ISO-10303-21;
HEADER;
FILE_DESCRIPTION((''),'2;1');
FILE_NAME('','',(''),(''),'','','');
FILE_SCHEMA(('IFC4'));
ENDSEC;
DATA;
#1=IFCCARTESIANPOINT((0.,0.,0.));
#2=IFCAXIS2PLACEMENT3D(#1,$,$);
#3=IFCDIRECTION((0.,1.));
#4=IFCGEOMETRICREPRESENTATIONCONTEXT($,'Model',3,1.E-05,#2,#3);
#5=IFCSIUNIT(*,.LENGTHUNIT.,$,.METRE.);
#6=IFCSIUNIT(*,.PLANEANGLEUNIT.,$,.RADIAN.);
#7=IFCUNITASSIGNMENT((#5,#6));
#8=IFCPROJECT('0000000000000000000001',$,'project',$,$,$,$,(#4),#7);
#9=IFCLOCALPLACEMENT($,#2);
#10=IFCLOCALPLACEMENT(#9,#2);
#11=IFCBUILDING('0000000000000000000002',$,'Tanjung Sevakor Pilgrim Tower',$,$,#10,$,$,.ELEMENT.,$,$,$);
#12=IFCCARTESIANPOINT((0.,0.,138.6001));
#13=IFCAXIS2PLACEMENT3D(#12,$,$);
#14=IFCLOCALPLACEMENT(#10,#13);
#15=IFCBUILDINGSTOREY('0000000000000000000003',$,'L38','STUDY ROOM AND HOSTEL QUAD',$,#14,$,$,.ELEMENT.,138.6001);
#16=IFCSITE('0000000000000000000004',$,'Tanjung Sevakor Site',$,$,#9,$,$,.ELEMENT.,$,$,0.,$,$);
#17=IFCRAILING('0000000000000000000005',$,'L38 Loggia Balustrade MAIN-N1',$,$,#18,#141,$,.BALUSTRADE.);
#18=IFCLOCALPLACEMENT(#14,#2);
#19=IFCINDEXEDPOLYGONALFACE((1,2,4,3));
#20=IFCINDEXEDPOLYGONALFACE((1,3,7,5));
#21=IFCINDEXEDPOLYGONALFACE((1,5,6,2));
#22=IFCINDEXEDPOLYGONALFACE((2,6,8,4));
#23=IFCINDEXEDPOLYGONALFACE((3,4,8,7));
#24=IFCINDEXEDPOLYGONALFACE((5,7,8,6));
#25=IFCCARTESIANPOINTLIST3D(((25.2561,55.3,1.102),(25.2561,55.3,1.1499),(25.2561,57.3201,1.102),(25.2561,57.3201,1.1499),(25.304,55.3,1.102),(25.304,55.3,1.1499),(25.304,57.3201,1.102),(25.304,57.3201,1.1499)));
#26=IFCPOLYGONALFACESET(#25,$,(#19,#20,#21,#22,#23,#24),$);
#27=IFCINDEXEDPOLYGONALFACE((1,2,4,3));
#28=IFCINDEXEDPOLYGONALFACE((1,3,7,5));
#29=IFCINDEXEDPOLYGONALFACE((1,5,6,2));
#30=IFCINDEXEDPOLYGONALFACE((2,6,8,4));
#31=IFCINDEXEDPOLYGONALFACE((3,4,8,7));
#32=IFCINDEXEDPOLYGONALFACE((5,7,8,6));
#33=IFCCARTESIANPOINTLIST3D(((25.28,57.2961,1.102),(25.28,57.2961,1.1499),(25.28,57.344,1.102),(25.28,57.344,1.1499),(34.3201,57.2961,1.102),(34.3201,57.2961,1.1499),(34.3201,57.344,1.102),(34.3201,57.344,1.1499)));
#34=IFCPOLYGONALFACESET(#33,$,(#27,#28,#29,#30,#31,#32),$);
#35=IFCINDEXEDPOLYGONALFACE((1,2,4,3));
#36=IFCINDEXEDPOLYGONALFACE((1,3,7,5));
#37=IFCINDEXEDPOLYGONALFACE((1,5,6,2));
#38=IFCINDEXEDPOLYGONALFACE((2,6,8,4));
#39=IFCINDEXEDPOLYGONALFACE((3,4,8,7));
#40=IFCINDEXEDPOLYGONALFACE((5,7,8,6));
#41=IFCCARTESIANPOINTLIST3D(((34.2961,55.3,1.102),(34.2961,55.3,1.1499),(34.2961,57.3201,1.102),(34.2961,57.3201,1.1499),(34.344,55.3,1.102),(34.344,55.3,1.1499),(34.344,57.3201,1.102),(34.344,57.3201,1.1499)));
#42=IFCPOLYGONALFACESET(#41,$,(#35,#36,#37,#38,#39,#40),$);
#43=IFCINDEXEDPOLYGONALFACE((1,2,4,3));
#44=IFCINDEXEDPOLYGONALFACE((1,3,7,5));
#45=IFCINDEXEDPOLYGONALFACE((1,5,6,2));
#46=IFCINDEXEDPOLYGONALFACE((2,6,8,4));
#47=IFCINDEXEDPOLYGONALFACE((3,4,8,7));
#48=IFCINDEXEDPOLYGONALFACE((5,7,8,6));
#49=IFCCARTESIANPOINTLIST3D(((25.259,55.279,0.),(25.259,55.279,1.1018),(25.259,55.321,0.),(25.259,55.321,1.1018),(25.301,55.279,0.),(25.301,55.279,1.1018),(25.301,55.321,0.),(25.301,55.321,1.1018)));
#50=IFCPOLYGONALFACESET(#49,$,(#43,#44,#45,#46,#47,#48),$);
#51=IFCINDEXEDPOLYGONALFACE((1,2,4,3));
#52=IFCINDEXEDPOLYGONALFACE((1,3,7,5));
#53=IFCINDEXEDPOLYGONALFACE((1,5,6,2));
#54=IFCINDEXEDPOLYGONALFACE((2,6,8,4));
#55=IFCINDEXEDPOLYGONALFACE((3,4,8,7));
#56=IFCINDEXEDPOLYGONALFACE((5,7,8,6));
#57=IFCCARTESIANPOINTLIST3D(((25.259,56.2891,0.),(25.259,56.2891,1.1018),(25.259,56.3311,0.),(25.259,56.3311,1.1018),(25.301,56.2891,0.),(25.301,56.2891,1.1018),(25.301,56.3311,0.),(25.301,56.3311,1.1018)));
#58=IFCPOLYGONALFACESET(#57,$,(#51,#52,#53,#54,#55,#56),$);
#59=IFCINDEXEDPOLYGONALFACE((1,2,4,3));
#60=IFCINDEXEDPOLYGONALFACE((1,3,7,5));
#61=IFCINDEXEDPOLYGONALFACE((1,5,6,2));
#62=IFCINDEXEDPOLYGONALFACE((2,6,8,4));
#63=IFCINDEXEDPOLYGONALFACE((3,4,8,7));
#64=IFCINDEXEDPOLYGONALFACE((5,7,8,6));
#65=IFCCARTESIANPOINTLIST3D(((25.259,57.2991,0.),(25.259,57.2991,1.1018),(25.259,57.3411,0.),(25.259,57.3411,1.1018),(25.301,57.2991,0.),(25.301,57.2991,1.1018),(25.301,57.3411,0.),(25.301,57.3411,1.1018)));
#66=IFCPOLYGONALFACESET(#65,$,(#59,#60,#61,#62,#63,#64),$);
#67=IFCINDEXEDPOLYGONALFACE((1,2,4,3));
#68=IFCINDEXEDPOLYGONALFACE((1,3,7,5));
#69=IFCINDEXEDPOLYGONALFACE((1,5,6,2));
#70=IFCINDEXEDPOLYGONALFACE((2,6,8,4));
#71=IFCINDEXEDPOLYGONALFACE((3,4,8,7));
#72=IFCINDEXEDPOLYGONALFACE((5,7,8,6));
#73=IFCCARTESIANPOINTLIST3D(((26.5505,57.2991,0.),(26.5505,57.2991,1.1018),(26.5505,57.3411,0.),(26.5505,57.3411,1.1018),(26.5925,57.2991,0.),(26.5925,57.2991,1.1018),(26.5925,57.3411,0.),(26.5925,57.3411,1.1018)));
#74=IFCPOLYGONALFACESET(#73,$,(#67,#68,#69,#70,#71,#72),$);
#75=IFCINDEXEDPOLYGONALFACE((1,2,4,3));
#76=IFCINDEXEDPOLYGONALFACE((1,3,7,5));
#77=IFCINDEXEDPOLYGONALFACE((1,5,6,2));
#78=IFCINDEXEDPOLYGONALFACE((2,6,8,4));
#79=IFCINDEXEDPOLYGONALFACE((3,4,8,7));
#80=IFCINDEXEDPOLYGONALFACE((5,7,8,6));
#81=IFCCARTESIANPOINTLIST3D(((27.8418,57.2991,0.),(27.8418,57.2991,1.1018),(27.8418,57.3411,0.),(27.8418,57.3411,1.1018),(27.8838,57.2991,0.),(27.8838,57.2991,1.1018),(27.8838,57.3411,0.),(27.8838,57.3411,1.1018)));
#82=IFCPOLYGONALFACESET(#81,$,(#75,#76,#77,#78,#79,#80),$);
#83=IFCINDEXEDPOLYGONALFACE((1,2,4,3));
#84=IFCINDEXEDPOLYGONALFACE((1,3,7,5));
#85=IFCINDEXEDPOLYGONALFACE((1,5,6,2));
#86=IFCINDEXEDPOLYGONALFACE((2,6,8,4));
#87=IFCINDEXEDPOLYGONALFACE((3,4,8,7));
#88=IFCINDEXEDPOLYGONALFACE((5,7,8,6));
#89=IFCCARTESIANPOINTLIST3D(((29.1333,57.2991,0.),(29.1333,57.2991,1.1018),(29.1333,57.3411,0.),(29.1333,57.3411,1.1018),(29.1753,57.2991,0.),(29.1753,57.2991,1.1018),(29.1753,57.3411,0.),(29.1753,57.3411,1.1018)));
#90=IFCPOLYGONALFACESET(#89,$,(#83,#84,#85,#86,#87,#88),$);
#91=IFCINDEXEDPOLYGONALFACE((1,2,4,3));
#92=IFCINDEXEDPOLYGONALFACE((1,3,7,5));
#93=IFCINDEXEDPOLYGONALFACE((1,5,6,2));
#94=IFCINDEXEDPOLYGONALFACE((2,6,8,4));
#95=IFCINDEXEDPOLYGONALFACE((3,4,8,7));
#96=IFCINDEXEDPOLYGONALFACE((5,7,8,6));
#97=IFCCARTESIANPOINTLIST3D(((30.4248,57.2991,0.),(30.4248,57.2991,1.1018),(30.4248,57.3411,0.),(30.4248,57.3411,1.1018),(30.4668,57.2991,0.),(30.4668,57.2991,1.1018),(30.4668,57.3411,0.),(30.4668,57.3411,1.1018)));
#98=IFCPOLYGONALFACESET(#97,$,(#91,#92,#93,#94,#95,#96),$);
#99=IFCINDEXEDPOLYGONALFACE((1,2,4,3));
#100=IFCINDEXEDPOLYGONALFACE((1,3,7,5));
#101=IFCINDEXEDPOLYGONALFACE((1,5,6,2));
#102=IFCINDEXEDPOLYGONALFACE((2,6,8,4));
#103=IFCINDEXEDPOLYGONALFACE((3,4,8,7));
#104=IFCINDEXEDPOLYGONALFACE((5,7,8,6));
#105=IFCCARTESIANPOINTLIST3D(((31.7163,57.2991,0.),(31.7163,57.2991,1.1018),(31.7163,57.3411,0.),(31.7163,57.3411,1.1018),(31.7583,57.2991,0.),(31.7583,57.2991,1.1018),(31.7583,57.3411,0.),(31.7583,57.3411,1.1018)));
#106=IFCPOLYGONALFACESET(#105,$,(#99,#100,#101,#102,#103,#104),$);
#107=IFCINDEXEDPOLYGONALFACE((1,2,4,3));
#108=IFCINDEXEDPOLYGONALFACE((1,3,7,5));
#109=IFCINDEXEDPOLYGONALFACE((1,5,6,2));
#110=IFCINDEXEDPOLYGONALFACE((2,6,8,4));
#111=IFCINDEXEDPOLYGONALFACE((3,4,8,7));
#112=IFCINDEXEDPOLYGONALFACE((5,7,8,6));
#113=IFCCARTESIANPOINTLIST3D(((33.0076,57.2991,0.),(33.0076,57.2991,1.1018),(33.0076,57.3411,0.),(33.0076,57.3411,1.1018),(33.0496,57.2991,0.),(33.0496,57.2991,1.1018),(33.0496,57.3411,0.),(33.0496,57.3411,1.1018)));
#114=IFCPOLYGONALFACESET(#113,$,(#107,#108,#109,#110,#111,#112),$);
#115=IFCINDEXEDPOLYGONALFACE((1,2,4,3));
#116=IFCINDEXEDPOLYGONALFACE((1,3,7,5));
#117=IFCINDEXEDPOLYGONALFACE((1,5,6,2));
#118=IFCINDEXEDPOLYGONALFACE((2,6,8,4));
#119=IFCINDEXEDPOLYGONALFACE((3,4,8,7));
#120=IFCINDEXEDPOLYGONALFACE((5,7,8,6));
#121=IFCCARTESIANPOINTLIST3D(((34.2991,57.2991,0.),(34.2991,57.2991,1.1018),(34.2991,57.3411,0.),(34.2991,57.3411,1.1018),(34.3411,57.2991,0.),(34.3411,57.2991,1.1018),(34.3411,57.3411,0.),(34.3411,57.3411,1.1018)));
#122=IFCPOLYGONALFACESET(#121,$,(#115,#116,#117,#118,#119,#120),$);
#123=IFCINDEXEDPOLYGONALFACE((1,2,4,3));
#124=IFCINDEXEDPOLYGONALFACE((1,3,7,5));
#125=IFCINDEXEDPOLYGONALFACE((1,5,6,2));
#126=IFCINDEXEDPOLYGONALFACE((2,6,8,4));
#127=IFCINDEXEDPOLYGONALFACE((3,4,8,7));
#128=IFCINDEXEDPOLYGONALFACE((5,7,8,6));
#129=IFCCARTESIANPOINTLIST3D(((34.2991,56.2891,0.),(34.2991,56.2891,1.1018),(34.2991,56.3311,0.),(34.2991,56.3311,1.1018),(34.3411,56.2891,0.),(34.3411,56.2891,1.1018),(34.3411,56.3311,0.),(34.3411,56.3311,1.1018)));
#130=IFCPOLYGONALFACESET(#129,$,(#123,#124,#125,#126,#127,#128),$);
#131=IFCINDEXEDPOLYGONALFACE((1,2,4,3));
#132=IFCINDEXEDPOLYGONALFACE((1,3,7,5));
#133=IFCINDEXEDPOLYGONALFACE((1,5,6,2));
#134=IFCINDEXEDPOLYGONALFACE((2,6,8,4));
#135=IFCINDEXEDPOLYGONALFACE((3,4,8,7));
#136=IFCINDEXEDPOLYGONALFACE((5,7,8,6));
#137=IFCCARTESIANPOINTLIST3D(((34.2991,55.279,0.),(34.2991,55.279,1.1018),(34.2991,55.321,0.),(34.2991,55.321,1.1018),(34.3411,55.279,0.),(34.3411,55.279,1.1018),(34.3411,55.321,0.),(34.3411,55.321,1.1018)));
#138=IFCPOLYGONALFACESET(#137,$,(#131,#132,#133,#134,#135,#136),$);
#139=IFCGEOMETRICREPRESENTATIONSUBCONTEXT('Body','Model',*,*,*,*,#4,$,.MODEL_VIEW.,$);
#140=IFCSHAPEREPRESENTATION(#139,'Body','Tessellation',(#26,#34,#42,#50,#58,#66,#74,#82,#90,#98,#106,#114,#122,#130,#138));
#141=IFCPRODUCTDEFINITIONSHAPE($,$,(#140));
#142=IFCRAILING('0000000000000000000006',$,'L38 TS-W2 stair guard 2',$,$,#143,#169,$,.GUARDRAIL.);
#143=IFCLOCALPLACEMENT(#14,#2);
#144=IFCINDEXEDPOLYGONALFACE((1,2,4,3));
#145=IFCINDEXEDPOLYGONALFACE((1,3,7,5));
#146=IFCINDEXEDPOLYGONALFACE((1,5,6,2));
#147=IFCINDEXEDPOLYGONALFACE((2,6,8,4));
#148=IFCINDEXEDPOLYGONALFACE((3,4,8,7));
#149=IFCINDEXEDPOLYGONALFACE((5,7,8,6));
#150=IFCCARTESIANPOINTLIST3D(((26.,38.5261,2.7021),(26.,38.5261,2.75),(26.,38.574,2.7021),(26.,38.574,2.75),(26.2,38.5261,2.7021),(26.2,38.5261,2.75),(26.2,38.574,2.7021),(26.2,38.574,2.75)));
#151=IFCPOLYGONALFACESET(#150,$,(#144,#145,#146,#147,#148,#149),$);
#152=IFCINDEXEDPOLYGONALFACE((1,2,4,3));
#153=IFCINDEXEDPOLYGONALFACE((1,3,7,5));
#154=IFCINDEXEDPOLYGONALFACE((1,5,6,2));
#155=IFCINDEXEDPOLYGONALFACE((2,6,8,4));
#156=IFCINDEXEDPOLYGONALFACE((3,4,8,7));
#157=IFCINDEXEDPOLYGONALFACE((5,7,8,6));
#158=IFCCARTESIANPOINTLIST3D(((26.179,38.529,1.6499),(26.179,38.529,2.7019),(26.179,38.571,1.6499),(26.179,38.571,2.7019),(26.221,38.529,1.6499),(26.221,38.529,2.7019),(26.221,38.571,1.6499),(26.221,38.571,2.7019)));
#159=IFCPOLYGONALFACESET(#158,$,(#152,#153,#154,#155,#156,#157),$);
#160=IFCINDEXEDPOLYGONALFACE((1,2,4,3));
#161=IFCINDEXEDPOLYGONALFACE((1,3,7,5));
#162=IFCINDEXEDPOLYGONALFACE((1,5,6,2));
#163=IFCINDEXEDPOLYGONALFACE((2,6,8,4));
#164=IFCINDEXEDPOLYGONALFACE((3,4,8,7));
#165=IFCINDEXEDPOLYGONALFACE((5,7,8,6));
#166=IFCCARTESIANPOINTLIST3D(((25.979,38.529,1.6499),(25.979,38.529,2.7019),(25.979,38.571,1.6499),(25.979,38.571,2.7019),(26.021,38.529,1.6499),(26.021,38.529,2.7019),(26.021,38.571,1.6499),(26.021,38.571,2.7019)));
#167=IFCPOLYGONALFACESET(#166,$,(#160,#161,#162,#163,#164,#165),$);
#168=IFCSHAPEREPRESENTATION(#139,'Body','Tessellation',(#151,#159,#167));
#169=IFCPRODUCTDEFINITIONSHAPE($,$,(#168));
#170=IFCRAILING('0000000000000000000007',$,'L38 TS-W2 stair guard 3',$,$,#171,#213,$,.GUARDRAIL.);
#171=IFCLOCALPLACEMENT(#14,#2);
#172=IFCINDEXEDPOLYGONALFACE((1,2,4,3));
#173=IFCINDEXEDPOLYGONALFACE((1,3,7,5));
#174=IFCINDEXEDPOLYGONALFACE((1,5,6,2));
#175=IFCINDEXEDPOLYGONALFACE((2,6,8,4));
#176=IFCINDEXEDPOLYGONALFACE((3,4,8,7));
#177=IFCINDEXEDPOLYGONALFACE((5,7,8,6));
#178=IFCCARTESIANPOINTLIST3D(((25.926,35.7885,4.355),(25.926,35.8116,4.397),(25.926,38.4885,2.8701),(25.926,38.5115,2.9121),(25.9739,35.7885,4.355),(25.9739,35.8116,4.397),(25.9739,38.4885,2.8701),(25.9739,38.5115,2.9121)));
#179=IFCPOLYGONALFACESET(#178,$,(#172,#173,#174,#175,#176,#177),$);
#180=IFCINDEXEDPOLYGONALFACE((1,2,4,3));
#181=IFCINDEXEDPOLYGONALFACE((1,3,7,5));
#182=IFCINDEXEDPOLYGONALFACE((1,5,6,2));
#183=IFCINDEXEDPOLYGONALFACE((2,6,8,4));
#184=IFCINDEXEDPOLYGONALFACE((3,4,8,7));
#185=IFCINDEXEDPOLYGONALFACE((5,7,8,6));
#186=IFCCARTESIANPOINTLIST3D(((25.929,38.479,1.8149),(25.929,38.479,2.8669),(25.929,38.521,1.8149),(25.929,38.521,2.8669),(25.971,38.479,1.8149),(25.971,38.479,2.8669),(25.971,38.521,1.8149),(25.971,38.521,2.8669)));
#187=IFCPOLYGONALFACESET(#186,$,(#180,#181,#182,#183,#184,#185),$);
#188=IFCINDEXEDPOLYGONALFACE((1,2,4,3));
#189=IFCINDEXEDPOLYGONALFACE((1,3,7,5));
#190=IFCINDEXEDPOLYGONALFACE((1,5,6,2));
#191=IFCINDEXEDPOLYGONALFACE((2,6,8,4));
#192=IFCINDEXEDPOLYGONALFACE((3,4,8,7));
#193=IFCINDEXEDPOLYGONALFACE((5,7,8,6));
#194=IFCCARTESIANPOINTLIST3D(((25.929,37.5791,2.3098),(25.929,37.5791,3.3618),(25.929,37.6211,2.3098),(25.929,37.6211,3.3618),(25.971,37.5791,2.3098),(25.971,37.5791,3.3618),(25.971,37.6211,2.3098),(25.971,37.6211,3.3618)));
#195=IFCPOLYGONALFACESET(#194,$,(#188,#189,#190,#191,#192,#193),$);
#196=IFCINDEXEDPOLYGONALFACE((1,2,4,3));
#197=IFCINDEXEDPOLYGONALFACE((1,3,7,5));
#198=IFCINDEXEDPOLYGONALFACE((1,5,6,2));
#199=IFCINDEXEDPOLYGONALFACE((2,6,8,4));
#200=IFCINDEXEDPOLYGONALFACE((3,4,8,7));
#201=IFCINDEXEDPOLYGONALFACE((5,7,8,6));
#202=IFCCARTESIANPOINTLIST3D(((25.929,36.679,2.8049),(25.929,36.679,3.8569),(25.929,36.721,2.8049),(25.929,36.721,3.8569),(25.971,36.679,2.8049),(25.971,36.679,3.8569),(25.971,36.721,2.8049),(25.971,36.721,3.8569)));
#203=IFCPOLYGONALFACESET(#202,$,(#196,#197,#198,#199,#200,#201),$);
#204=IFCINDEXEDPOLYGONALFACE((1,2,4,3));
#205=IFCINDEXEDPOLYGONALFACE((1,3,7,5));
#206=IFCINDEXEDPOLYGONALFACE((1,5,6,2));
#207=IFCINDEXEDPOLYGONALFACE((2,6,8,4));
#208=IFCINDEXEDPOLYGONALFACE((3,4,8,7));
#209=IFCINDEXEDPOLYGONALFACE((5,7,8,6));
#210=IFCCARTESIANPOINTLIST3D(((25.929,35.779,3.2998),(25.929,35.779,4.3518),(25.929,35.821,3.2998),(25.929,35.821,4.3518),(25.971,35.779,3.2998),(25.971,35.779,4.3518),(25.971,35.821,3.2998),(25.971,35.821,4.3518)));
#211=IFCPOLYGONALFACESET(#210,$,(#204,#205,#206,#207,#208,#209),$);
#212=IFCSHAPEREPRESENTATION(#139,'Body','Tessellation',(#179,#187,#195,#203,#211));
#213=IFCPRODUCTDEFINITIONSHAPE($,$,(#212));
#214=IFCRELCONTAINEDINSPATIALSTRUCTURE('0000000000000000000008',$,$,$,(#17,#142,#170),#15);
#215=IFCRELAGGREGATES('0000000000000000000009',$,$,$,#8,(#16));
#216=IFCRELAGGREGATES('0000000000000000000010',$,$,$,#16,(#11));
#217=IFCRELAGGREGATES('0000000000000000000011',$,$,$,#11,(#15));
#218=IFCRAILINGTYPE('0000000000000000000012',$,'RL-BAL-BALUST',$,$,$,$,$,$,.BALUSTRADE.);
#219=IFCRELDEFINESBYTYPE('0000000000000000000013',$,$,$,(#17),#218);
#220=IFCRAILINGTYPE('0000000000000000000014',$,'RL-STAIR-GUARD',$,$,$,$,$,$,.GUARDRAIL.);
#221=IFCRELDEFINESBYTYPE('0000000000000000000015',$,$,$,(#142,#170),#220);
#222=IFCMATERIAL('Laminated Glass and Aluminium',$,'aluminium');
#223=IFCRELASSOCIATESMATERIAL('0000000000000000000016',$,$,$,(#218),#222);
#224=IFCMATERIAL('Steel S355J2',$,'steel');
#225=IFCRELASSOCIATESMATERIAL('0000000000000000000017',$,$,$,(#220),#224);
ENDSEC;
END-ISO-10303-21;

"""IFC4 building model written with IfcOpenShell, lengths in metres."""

from ifc_helpers import new_model, si_unit, direction, frame, origin, place, context, subcontext, project, spatial, rectangle, extrude, material, type_object, element, save


model = new_model("IFC4")

# Units and contexts
model_context = context("Model", 3, precision=1e-05, world=origin(), true_north=direction((0.0, 1.0)))
body_context = subcontext(model_context, "Body", "Model", "MODEL_VIEW")
ifc_project = project(units=[si_unit("LENGTHUNIT", "METRE"), si_unit("PLANEANGLEUNIT", "RADIAN")], contexts=[model_context])

# Site, building, storey
site_placement = place(None, origin())
site = spatial("IfcSite", under=ifc_project, at=site_placement, Name="Tanjung Sevakor Site", CompositionType="ELEMENT", RefElevation=0.0)
building_placement = place(site_placement, origin())
building = spatial("IfcBuilding", under=site, at=building_placement, Name="Tanjung Sevakor Pilgrim Tower", CompositionType="ELEMENT")
storey_placement = place(building_placement, frame((0.0, 0.0, 138.6001)))
storey = spatial("IfcBuildingStorey", under=building, at=storey_placement, Name="L38", Description="STUDY ROOM AND HOSTEL QUAD", CompositionType="ELEMENT", Elevation=138.6001)

# Railings
ifc_material_1 = material(Name="Laminated Glass and Aluminium", Category="aluminium")
railing_type_1 = type_object("IfcRailingType", Name="RL-BAL-BALUST", PredefinedType="BALUSTRADE", material=ifc_material_1)
railing_1_placement = place(storey_placement, frame((25.28, 55.3, 0.0)))
element("IfcRailing", 1, at=railing_1_placement, inside=storey, type_object=railing_type_1, Name="L38 Loggia Balustrade MAIN-N1", PredefinedType="BALUSTRADE", context=body_context, shape_type="SweptSolid", body=[
    extrude(rectangle(XDim=0.0479, YDim=0.0479), frame((0.0, 0.0, 1.126), z_axis=(0.0, 1.0, 0.0), x_axis=(-1.0, 0.0, 0.0)), (0.0, 0.0, 1.0), 2.02),
    extrude(rectangle(XDim=0.0479, YDim=0.0479), frame((0.0, 2.02, 1.126), z_axis=(1.0, 0.0, 0.0), x_axis=(0.0, 1.0, 0.0)), (0.0, 0.0, 1.0), 9.04),
    extrude(rectangle(XDim=0.0479, YDim=0.0479), frame((9.04, 2.02, 1.126), z_axis=(0.0, -1.0, 0.0), x_axis=(1.0, 0.0, 0.0)), (0.0, 0.0, 1.0), 2.02),
    extrude(rectangle(XDim=0.042, YDim=0.042), origin(), (0.0, 0.0, 1.0), 1.1018),
    extrude(rectangle(XDim=0.042, YDim=0.042), frame((0.0, 1.01, 0.0)), (0.0, 0.0, 1.0), 1.1018),
    extrude(rectangle(XDim=0.042, YDim=0.042), frame((0.0, 2.02, 0.0)), (0.0, 0.0, 1.0), 1.1018),
    extrude(rectangle(XDim=0.042, YDim=0.042), frame((1.2915, 2.02, 0.0)), (0.0, 0.0, 1.0), 1.1018),
    extrude(rectangle(XDim=0.042, YDim=0.042), frame((2.5828, 2.02, 0.0)), (0.0, 0.0, 1.0), 1.1018),
    extrude(rectangle(XDim=0.042, YDim=0.042), frame((3.8743, 2.02, 0.0)), (0.0, 0.0, 1.0), 1.1018),
    extrude(rectangle(XDim=0.042, YDim=0.042), frame((5.1658, 2.02, 0.0)), (0.0, 0.0, 1.0), 1.1018),
    extrude(rectangle(XDim=0.042, YDim=0.042), frame((6.4573, 2.02, 0.0)), (0.0, 0.0, 1.0), 1.1018),
    extrude(rectangle(XDim=0.042, YDim=0.042), frame((7.7485, 2.02, 0.0)), (0.0, 0.0, 1.0), 1.1018),
    extrude(rectangle(XDim=0.042, YDim=0.042), frame((9.04, 2.02, 0.0)), (0.0, 0.0, 1.0), 1.1018),
    extrude(rectangle(XDim=0.042, YDim=0.042), frame((9.04, 1.01, 0.0)), (0.0, 0.0, 1.0), 1.1018),
    extrude(rectangle(XDim=0.042, YDim=0.042), frame((9.04, 0.0, 0.0)), (0.0, 0.0, 1.0), 1.1018),
])
ifc_material_2 = material(Name="Steel S355J2", Category="steel")
railing_type_2 = type_object("IfcRailingType", Name="RL-STAIR-GUARD", PredefinedType="GUARDRAIL", material=ifc_material_2)
railing_2_placement = place(storey_placement, frame((26.2, 38.55, 1.6499)))
element("IfcRailing", 2, at=railing_2_placement, inside=storey, type_object=railing_type_2, Name="L38 TS-W2 stair guard 2", PredefinedType="GUARDRAIL", context=body_context, shape_type="SweptSolid", body=[
    extrude(rectangle(XDim=0.0479, YDim=0.0479), frame((0.0, 0.0, 1.0762), z_axis=(-1.0, 0.0, 0.0), x_axis=(0.0, -1.0, 0.0)), (0.0, 0.0, 1.0), 0.2),
    extrude(rectangle(XDim=0.042, YDim=0.042), origin(), (0.0, 0.0, 1.0), 1.052),
    extrude(rectangle(XDim=0.042, YDim=0.042), frame((-0.2, 0.0, 0.0)), (0.0, 0.0, 1.0), 1.052),
])
railing_3_placement = place(storey_placement, frame((25.95, 38.5, 1.8149)))
element("IfcRailing", 3, at=railing_3_placement, inside=storey, type_object=railing_type_2, Name="L38 TS-W2 stair guard 3", PredefinedType="GUARDRAIL", context=body_context, shape_type="SweptSolid", body=[
    extrude(rectangle(XDim=0.0479, YDim=0.0479), frame((0.0, 0.0, 1.0762), z_axis=(0.0, -0.876231, 0.481891), x_axis=(1.0, 0.0, 0.0)), (0.0, 0.0, 1.0), 3.0813),
    extrude(rectangle(XDim=0.042, YDim=0.042), origin(), (0.0, 0.0, 1.0), 1.052),
    extrude(rectangle(XDim=0.042, YDim=0.042), frame((0.0, -0.8999, 0.4949)), (0.0, 0.0, 1.0), 1.052),
    extrude(rectangle(XDim=0.042, YDim=0.042), frame((0.0, -1.8, 0.99)), (0.0, 0.0, 1.0), 1.052),
    extrude(rectangle(XDim=0.042, YDim=0.042), frame((0.0, -2.7, 1.4849)), (0.0, 0.0, 1.0), 1.052),
])

save(model, "model.ifc")
